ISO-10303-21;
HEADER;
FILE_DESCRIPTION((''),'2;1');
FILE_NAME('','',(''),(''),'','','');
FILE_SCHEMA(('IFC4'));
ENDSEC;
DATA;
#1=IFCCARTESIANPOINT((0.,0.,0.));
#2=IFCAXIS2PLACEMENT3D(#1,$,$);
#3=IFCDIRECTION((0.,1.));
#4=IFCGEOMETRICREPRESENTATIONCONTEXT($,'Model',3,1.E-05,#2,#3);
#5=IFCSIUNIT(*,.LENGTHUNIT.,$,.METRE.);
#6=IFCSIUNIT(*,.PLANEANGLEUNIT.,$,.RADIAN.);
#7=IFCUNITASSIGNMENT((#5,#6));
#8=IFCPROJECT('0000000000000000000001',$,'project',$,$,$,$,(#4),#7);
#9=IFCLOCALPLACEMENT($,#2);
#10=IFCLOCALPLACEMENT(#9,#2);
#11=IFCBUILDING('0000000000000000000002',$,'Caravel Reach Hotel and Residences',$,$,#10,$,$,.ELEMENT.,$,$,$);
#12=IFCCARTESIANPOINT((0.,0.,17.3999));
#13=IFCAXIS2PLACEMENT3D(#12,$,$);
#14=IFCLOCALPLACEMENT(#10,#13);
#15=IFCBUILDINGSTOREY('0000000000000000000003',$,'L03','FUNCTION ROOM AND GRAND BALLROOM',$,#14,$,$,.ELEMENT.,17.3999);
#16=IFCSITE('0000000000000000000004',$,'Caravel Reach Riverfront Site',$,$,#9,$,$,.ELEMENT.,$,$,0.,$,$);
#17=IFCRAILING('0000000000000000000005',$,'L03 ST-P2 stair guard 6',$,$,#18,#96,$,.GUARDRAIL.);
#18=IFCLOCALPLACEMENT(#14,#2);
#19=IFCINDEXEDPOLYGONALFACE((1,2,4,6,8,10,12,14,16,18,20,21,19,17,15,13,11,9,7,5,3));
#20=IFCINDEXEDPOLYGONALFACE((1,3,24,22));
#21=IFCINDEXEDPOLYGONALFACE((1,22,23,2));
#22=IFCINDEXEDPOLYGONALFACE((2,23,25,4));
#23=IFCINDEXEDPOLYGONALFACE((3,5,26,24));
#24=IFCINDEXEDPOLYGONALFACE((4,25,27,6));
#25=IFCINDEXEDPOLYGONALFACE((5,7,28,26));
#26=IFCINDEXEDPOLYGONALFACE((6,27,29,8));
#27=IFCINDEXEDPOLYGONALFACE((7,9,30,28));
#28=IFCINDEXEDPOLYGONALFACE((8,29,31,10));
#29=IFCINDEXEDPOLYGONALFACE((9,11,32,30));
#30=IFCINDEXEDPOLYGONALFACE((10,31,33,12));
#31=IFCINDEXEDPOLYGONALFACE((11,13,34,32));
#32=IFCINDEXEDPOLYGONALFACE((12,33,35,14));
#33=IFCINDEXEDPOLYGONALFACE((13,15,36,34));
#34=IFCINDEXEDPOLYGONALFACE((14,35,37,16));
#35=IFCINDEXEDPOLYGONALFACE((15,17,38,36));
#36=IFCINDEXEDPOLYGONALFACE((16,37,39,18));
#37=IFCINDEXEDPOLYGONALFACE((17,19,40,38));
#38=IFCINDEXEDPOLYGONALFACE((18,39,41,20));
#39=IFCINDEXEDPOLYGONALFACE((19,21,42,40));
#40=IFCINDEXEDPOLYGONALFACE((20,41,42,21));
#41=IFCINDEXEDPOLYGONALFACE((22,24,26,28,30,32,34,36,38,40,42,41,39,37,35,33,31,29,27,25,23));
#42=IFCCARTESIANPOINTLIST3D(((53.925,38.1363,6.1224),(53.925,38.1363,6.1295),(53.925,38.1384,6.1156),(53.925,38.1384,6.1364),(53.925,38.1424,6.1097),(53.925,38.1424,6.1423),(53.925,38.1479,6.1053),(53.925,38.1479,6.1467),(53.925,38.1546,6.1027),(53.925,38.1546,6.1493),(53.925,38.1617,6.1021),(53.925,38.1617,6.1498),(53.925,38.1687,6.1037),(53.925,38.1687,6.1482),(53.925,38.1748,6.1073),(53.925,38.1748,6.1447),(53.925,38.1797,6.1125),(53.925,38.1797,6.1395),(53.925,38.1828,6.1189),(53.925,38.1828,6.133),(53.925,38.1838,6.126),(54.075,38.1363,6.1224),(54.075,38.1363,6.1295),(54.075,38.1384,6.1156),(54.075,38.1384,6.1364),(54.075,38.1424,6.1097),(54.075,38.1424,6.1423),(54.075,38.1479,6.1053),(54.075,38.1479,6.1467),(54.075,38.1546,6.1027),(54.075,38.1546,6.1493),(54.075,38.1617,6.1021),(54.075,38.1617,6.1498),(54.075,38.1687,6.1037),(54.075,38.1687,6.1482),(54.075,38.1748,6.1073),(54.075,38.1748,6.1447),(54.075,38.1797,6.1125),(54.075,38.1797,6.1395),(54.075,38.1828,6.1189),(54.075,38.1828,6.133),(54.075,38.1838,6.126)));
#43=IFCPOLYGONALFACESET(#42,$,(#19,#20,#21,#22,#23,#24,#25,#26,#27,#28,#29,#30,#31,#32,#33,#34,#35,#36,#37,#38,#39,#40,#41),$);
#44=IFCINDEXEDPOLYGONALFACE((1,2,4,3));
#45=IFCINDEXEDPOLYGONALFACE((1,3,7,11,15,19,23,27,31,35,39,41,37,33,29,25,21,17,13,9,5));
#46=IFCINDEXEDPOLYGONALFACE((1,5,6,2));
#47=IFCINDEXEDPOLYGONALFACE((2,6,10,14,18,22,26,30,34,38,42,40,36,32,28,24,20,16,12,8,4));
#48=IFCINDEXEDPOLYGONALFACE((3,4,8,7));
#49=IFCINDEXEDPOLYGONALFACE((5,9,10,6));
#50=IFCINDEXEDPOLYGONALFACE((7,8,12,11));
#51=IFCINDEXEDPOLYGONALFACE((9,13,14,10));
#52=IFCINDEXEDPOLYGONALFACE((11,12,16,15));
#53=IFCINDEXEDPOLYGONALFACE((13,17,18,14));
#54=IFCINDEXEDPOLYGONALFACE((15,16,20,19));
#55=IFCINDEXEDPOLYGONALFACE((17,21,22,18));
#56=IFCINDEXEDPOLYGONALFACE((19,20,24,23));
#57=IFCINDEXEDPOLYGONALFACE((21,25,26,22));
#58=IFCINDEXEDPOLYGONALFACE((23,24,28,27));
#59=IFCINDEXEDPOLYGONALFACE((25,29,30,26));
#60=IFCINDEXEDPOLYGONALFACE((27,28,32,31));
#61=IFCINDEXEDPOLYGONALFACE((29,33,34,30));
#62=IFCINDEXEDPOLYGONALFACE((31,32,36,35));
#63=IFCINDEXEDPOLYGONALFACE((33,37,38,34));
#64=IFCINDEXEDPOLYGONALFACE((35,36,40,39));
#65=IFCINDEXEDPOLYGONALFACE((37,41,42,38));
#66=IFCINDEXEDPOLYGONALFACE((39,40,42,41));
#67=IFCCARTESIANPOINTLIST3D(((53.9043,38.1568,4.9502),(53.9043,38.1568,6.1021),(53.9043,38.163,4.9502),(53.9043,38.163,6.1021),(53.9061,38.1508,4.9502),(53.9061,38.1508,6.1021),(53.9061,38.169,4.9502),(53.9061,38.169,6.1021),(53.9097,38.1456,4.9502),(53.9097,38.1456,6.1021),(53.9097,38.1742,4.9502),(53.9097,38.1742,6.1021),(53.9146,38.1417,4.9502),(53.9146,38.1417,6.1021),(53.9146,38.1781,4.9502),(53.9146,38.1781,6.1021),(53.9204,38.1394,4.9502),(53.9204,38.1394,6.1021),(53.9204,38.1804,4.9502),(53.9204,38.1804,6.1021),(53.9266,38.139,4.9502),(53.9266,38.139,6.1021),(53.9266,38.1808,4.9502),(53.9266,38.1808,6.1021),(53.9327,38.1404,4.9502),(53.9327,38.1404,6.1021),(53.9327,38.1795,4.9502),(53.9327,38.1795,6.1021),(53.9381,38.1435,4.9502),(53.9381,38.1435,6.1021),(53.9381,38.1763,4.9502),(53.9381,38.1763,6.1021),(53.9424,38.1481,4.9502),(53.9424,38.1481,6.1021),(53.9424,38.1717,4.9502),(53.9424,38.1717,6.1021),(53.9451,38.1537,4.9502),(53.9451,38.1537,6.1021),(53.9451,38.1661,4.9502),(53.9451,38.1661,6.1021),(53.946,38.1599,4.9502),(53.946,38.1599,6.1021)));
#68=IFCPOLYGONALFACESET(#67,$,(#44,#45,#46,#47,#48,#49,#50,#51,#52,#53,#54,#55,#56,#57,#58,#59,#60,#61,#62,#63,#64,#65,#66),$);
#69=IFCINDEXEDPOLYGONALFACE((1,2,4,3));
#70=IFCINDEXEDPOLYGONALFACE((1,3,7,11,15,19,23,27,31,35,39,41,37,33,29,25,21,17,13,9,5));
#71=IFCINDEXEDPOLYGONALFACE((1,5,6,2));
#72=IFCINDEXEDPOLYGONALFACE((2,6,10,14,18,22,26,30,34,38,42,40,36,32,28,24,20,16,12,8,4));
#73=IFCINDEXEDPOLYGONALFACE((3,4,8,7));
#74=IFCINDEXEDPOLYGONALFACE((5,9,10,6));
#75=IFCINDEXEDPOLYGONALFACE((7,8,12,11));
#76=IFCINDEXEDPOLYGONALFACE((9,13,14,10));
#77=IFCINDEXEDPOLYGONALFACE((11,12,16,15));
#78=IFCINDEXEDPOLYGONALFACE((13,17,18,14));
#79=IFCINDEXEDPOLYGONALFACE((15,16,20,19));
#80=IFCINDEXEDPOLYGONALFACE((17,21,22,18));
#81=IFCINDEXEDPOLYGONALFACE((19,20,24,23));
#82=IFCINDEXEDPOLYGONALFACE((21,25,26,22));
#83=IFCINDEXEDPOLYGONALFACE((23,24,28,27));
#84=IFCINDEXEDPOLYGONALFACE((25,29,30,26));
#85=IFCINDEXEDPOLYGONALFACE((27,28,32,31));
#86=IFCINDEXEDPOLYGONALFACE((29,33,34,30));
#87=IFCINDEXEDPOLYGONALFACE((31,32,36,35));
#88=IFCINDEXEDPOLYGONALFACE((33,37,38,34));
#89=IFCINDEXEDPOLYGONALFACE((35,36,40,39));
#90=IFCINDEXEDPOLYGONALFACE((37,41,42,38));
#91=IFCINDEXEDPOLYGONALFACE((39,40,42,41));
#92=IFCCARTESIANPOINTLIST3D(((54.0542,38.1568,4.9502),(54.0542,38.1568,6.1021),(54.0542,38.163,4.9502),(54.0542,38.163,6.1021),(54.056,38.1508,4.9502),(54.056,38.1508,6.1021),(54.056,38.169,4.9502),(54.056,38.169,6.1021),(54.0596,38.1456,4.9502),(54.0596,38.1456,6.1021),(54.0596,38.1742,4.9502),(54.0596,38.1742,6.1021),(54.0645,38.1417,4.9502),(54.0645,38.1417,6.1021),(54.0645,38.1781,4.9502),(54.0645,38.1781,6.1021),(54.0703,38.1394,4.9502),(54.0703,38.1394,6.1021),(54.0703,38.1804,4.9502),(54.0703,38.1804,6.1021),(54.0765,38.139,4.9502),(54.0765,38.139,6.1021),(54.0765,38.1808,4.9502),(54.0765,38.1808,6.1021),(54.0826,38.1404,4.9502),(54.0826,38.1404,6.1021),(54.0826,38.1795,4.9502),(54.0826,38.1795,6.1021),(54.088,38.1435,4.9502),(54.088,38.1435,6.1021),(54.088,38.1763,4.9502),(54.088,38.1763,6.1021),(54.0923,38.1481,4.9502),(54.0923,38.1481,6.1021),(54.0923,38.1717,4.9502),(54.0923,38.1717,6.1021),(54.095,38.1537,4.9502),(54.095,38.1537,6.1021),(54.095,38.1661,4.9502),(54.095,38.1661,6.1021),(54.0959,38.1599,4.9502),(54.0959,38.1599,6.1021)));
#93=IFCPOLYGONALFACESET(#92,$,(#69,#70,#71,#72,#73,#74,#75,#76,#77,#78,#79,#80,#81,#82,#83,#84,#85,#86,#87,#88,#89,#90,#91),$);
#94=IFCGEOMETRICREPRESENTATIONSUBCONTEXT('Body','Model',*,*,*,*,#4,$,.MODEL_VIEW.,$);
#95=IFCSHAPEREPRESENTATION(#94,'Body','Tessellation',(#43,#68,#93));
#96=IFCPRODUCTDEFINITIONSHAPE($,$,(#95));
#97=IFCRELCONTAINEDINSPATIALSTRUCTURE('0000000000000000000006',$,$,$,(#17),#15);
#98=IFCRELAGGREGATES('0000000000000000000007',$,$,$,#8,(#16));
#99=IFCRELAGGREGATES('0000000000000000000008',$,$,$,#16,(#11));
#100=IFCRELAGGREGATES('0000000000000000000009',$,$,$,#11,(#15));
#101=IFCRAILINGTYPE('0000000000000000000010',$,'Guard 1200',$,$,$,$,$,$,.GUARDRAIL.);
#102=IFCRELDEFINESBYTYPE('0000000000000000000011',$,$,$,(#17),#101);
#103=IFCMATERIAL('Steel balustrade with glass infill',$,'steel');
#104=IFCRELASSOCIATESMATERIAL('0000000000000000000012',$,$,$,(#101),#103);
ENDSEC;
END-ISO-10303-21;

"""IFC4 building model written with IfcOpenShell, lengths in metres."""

from ifc_helpers import new_model, si_unit, direction, frame, origin, origin_2d, place, context, subcontext, project, spatial, circle, extrude, material, type_object, element, save


model = new_model("IFC4")

# Units and contexts
model_context = context("Model", 3, precision=1e-05, world=origin(), true_north=direction((0.0, 1.0)))
body_context = subcontext(model_context, "Body", "Model", "MODEL_VIEW")
ifc_project = project(units=[si_unit("LENGTHUNIT", "METRE"), si_unit("PLANEANGLEUNIT", "RADIAN")], contexts=[model_context])

# Site, building, storey
site_placement = place(None, origin())
site = spatial("IfcSite", under=ifc_project, at=site_placement, Name="Caravel Reach Riverfront Site", CompositionType="ELEMENT", RefElevation=0.0)
building_placement = place(site_placement, origin())
building = spatial("IfcBuilding", under=site, at=building_placement, Name="Caravel Reach Hotel and Residences", CompositionType="ELEMENT")
storey_placement = place(building_placement, frame((0.0, 0.0, 17.3999)))
storey = spatial("IfcBuildingStorey", under=building, at=storey_placement, Name="L03", Description="FUNCTION ROOM AND GRAND BALLROOM", CompositionType="ELEMENT", Elevation=17.3999)

# Railing
ifc_material_1 = material(Name="Steel balustrade with glass infill", Category="steel")
railing_type_1 = type_object("IfcRailingType", Name="Guard 1200", PredefinedType="GUARDRAIL", material=ifc_material_1)
railing_1_placement = place(storey_placement, frame((53.925, 38.1599, 4.9502)))
element("IfcRailing", 1, at=railing_1_placement, inside=storey, type_object=railing_type_1, Name="L03 ST-P2 stair guard 6", PredefinedType="GUARDRAIL", context=body_context, shape_type="SweptSolid", body=[
    extrude(circle(Radius=0.0239, at=origin_2d()), frame((0.0, 0.0, 1.1758), z_axis=(1.0, 0.0, 0.0), x_axis=(0.0, 1.0, 0.0)), (0.0, 0.0, 1.0), 0.1499),
    extrude(circle(Radius=0.021, at=origin_2d()), origin(), (0.0, 0.0, 1.0), 1.1519),
    extrude(circle(Radius=0.021, at=origin_2d()), frame((0.1499, 0.0, 0.0)), (0.0, 0.0, 1.0), 1.1519),
])

save(model, "model.ifc")
